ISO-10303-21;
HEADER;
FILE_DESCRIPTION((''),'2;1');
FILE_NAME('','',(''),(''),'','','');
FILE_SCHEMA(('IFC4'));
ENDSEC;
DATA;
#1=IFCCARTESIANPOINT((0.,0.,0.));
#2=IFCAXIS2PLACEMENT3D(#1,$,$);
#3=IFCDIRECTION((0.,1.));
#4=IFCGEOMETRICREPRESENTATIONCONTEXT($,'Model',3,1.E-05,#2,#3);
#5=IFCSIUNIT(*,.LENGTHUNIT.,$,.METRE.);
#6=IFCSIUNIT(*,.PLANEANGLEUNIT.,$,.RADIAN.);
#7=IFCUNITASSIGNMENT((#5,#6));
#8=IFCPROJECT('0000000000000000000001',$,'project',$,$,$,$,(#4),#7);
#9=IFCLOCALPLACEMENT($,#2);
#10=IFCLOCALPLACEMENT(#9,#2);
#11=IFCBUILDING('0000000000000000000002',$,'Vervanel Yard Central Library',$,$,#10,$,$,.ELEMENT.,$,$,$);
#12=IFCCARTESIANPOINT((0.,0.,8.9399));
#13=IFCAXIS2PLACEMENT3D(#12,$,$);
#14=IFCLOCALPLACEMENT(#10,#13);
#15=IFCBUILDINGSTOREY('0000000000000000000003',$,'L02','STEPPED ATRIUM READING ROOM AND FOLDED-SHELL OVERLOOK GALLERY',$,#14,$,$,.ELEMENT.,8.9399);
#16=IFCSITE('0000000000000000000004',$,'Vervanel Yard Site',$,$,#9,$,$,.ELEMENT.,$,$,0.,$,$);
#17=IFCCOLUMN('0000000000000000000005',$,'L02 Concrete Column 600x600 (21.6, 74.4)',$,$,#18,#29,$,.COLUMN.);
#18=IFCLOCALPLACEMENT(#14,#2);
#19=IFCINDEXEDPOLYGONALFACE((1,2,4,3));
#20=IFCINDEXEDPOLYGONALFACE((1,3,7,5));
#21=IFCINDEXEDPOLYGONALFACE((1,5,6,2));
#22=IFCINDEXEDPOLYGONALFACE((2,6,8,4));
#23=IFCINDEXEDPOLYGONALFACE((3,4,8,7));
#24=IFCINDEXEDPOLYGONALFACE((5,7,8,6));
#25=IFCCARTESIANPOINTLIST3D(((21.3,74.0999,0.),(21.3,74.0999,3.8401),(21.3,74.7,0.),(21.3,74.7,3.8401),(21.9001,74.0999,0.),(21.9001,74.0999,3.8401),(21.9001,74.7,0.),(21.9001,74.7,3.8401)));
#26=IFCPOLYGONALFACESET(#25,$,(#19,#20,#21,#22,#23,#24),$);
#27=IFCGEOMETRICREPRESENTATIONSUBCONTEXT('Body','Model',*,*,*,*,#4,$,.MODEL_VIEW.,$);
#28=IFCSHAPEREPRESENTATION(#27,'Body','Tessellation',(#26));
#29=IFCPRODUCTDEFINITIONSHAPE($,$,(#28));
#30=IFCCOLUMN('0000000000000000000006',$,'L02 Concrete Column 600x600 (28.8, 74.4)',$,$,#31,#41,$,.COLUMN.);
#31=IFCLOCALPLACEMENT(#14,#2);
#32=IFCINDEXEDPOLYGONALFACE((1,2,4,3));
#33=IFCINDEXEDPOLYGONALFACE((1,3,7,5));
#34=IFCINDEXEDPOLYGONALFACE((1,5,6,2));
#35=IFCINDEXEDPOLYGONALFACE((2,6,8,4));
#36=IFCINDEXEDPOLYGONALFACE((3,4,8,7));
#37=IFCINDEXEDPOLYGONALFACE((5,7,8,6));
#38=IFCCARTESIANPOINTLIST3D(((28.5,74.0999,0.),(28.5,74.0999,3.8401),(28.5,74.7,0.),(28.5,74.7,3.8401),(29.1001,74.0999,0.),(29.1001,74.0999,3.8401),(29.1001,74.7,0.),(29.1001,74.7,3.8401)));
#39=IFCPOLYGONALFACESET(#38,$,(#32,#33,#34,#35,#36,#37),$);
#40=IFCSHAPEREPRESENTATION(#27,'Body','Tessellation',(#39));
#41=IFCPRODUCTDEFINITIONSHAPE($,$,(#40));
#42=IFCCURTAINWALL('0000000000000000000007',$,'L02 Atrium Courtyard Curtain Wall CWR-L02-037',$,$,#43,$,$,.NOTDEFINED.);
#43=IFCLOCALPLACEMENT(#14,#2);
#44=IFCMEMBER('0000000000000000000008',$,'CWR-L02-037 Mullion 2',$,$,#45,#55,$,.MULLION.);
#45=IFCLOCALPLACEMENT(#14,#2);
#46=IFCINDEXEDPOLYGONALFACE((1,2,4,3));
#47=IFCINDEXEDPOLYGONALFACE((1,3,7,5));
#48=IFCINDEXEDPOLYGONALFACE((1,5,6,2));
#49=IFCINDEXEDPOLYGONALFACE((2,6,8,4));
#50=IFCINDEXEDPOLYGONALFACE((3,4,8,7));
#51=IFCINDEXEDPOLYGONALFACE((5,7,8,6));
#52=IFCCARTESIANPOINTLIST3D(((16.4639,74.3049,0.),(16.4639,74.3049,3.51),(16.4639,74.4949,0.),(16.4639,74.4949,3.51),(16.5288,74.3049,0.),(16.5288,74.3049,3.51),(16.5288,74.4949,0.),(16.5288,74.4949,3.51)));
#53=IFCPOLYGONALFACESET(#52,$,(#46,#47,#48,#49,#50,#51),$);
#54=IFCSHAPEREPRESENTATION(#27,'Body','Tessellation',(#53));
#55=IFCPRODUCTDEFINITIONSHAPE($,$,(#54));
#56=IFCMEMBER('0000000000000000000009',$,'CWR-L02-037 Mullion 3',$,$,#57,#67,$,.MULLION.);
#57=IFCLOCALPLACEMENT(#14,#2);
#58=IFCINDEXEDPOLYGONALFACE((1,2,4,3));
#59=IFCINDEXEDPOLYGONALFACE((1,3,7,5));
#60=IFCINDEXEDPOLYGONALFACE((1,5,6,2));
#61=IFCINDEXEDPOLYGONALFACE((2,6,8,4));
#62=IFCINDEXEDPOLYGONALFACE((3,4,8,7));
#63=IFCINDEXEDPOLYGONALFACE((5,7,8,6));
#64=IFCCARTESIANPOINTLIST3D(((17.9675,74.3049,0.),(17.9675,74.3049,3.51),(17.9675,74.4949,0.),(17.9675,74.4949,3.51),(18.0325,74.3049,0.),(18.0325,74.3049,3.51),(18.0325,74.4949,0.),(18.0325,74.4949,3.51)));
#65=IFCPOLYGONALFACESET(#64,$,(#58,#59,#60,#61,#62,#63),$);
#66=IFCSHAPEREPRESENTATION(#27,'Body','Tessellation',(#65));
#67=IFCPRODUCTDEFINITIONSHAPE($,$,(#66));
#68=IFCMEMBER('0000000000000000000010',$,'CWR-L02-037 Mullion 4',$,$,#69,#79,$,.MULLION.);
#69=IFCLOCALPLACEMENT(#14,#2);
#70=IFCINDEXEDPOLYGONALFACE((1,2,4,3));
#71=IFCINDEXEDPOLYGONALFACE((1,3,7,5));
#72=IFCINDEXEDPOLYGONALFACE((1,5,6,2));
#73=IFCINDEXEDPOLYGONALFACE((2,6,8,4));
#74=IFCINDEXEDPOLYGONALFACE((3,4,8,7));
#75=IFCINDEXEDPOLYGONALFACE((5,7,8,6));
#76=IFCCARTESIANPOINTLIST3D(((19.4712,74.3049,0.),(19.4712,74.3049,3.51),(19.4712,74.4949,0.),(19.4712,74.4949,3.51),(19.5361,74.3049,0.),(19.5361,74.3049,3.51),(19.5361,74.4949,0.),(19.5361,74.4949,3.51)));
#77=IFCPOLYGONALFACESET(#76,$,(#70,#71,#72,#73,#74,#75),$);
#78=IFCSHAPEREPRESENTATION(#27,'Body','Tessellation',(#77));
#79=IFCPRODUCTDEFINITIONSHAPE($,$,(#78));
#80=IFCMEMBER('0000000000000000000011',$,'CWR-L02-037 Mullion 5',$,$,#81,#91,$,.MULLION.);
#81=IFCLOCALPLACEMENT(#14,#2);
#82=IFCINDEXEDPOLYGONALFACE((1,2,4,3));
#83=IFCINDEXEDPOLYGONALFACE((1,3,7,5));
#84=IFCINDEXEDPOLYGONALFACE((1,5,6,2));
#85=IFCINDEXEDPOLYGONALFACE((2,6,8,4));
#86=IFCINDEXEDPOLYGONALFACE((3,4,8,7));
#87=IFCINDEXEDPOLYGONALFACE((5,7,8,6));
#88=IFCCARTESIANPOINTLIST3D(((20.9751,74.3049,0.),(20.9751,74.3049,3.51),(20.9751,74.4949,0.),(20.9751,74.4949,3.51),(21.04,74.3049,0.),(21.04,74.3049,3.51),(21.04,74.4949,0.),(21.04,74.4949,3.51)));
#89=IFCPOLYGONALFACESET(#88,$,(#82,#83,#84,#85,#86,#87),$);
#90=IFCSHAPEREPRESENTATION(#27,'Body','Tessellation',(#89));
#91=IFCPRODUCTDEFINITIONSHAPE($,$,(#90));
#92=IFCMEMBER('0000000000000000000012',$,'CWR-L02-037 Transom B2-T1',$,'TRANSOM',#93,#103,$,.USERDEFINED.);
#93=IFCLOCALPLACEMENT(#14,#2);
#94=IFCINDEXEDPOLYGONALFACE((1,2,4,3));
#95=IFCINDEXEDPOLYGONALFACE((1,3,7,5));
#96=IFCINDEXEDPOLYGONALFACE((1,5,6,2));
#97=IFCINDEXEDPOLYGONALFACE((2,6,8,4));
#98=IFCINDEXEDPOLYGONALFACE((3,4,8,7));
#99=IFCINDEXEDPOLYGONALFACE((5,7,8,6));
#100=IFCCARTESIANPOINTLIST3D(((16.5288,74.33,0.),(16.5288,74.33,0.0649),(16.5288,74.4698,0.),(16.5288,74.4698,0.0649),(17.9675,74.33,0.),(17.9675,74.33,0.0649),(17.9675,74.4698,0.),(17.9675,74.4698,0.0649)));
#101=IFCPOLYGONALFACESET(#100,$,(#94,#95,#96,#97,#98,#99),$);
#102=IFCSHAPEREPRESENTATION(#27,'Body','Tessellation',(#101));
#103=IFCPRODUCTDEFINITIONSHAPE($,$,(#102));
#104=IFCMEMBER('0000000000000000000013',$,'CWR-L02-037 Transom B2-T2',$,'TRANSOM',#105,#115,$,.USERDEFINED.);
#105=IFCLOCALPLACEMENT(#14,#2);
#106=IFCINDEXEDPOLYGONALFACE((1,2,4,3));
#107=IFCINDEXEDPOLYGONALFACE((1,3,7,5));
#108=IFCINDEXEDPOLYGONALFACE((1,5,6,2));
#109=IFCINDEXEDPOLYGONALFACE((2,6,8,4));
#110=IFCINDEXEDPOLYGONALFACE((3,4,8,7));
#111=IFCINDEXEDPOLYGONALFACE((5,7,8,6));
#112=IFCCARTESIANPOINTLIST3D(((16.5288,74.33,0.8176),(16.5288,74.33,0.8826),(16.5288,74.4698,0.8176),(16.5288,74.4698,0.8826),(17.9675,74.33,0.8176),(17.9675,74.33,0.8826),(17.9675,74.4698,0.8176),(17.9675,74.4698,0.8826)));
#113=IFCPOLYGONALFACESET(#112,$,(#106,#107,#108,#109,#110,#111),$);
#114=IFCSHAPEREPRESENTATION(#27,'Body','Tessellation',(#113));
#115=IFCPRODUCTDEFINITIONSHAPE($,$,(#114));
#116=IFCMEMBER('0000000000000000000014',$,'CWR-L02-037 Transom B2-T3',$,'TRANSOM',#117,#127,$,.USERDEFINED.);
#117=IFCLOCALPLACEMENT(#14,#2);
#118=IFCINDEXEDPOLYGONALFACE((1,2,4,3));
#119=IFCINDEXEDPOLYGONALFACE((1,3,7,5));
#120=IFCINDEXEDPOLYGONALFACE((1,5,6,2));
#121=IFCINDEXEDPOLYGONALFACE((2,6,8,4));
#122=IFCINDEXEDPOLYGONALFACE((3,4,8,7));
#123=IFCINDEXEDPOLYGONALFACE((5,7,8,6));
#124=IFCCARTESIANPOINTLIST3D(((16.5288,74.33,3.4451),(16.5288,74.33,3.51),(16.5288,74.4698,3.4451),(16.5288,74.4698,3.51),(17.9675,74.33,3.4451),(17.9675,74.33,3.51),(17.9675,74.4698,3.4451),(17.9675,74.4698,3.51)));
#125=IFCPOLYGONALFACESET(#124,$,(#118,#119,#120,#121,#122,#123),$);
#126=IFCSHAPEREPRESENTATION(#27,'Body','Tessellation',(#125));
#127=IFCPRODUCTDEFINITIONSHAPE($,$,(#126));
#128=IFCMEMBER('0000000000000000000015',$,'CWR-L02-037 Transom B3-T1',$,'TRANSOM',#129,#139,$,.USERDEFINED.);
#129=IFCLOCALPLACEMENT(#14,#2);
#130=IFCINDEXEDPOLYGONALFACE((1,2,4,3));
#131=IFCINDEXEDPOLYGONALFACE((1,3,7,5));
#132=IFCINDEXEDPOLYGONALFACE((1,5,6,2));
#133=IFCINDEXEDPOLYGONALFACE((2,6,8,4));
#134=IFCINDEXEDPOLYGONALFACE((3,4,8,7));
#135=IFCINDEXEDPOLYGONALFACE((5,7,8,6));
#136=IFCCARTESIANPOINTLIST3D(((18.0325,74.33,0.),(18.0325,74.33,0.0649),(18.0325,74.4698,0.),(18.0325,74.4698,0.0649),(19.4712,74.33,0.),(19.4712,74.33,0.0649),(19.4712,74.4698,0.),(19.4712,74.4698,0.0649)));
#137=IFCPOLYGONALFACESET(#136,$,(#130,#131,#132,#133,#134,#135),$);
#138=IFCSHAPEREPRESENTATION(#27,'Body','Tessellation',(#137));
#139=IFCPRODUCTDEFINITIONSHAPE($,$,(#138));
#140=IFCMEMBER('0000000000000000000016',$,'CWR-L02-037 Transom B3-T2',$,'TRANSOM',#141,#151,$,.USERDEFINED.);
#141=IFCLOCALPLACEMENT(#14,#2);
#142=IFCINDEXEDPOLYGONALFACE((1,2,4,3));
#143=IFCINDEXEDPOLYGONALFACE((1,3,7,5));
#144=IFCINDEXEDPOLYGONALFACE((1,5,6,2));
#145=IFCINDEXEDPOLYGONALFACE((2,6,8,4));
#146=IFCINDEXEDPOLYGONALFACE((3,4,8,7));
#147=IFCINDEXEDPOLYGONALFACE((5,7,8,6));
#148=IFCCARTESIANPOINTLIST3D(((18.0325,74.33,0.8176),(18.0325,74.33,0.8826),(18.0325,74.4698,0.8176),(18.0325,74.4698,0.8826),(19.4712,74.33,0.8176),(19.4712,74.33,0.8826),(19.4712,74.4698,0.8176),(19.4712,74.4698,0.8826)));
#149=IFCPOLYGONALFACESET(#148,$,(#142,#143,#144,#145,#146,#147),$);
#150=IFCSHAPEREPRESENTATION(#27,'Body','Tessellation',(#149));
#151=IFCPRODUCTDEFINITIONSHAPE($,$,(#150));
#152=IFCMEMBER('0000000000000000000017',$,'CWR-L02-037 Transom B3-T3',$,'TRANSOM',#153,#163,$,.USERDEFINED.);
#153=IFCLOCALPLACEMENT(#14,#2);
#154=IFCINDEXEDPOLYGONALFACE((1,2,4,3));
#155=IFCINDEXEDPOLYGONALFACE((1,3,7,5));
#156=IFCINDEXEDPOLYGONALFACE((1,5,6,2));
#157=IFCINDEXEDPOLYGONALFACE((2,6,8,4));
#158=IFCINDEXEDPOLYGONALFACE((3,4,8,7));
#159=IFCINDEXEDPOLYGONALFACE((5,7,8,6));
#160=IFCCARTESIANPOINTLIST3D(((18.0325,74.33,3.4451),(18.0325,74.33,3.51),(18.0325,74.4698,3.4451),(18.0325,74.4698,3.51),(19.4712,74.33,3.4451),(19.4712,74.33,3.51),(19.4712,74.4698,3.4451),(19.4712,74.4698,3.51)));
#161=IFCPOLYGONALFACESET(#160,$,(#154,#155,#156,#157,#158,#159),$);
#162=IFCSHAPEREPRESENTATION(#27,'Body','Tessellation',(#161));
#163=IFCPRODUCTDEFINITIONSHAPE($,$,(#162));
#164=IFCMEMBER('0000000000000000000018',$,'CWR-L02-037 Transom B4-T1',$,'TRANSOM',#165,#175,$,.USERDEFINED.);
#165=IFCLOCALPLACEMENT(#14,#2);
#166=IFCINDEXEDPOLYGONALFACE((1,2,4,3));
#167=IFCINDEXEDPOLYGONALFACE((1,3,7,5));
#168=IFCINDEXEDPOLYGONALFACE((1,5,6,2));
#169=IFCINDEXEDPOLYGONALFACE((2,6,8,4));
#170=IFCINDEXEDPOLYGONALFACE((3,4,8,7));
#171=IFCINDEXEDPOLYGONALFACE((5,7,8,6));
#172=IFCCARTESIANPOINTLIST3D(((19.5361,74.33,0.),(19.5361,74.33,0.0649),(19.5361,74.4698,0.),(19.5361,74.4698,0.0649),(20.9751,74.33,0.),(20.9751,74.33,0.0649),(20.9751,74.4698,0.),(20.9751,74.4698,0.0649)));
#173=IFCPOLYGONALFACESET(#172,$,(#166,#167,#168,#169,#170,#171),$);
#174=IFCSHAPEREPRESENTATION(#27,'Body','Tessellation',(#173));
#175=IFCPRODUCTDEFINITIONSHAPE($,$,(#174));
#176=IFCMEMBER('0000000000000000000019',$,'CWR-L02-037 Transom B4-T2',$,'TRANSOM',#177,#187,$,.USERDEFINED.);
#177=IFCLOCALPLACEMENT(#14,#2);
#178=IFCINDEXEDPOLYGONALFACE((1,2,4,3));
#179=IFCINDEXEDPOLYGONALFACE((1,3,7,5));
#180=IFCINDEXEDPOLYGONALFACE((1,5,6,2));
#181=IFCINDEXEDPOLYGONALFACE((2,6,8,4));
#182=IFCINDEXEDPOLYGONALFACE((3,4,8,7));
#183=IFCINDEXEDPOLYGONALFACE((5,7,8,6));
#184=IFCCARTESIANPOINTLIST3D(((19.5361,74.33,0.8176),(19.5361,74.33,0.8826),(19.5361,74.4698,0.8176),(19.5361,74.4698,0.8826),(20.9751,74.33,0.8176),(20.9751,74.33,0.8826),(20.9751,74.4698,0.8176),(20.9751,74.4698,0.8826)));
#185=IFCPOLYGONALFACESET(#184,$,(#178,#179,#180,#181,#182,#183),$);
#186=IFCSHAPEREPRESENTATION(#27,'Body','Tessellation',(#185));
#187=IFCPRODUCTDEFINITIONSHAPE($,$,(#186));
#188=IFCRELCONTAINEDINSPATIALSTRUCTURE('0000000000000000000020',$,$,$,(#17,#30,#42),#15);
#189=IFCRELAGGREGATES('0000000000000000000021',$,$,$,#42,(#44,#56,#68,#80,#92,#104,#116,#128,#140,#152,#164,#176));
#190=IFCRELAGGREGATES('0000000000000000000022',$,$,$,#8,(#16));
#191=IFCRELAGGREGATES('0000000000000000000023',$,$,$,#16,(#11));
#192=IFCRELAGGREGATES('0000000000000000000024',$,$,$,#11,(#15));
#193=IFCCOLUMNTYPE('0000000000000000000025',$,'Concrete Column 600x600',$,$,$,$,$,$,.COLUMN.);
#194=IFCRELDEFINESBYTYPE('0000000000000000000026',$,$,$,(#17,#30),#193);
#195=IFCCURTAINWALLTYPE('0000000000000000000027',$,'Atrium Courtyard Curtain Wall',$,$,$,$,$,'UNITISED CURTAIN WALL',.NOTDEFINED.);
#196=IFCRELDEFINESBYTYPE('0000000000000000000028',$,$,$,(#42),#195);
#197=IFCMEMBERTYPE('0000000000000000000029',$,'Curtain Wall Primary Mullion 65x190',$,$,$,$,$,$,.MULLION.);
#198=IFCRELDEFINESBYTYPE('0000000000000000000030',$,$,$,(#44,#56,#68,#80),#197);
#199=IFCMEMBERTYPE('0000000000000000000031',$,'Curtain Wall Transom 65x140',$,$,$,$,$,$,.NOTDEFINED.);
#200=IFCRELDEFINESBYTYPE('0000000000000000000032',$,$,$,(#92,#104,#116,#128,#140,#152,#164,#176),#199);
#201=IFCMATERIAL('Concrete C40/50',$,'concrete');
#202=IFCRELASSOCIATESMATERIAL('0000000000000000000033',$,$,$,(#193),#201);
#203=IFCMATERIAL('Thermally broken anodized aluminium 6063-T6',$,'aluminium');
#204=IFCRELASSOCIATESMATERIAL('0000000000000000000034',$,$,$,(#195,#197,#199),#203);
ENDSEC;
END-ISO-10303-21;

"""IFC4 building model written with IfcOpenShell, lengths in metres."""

from ifc_helpers import new_model, si_unit, direction, frame, origin, origin_2d, place, context, subcontext, project, spatial, rectangle, extrude, material, material_profile, profile_set, type_object, element, aggregate, save


model = new_model("IFC4")

# Units and contexts
model_context = context("Model", 3, precision=1e-05, world=origin(), true_north=direction((0.0, 1.0)))
body_context = subcontext(model_context, "Body", "Model", "MODEL_VIEW")
ifc_project = project(units=[si_unit("LENGTHUNIT", "METRE"), si_unit("PLANEANGLEUNIT", "RADIAN")], contexts=[model_context])

# Site, building, storey
site_placement = place(None, origin())
site = spatial("IfcSite", under=ifc_project, at=site_placement, Name="Vervanel Yard Site", CompositionType="ELEMENT", RefElevation=0.0)
building_placement = place(site_placement, origin())
building = spatial("IfcBuilding", under=site, at=building_placement, Name="Vervanel Yard Central Library", CompositionType="ELEMENT")
storey_placement = place(building_placement, frame((0.0, 0.0, 8.9399)))
storey = spatial("IfcBuildingStorey", under=building, at=storey_placement, Name="L02", Description="STEPPED ATRIUM READING ROOM AND FOLDED-SHELL OVERLOOK GALLERY", CompositionType="ELEMENT", Elevation=8.9399)

# Columns
ifc_material_1 = material(Name="Concrete C40/50", Category="concrete")
ifc_material_profile_1 = material_profile(ifc_material_1, rectangle(XDim=0.6001, YDim=0.6001, at=origin_2d()), Name="RC 600x600", Category="concrete")
ifc_profile_set_1 = profile_set([ifc_material_profile_1], Name="Concrete C40/50")
column_type = type_object("IfcColumnType", Name="Concrete Column 600x600", PredefinedType="COLUMN", material=ifc_profile_set_1)
for number, where, z_axis, x_axis, name in (
    (1, (21.6001, 74.3999, 0.0), (0.0, 0.0, 1.0), (1.0, 0.0, 0.0), "L02 Concrete Column 600x600 (21.6, 74.4)"),
    (2, (28.8, 74.3999, 0.0), (0.0, 0.0, 1.0), (1.0, 0.0, 0.0), "L02 Concrete Column 600x600 (28.8, 74.4)"),
):
    element("IfcColumn", number, at=place(storey_placement, frame(where, z_axis=z_axis, x_axis=x_axis)), inside=storey, type_object=column_type, Name=name, PredefinedType="COLUMN", context=body_context, shape_type="SweptSolid", body=[
        extrude(rectangle(XDim=0.6001, YDim=0.6001, at=origin_2d()), origin(), (0.0, 0.0, 1.0), 3.8401),
    ])

# Curtain wall, members
ifc_material_2 = material(Name="Thermally broken anodized aluminium 6063-T6", Category="aluminium")
curtain_wall_type = type_object("IfcCurtainWallType", Name="Atrium Courtyard Curtain Wall", ElementType="UNITISED CURTAIN WALL", PredefinedType="NOTDEFINED", material=ifc_material_2)
curtain_wall_placement = place(storey_placement, origin())
curtain_wall = element("IfcCurtainWall", 3, at=curtain_wall_placement, inside=storey, type_object=curtain_wall_type, Name="L02 Atrium Courtyard Curtain Wall CWR-L02-037", PredefinedType="NOTDEFINED")
ifc_material_profile_2 = material_profile(ifc_material_2, rectangle(XDim=0.0649, YDim=0.1899, at=origin_2d()), Name="ALU 65x190", Category="aluminium")
ifc_profile_set_2 = profile_set([ifc_material_profile_2], Name="Thermally broken anodized aluminium 6063-T6")
member_type_1 = type_object("IfcMemberType", Name="Curtain Wall Primary Mullion 65x190", PredefinedType="MULLION", material=ifc_profile_set_2)
member_1_placement = place(storey_placement, frame((16.4963, 74.3999, 0.0), z_axis=(0.0, 0.0, 1.0), x_axis=(1.0, 0.0, 0.0)))
member_1 = element("IfcMember", 4, at=member_1_placement, type_object=member_type_1, Name="CWR-L02-037 Mullion 2", PredefinedType="MULLION", context=body_context, shape_type="SweptSolid", body=[
    extrude(rectangle(XDim=0.0649, YDim=0.1899, at=origin_2d()), origin(), (0.0, 0.0, 1.0), 3.51),
])
member_2_placement = place(storey_placement, frame((18.0, 74.3999, 0.0), z_axis=(0.0, 0.0, 1.0), x_axis=(1.0, 0.0, 0.0)))
member_2 = element("IfcMember", 5, at=member_2_placement, type_object=member_type_1, Name="CWR-L02-037 Mullion 3", PredefinedType="MULLION", context=body_context, shape_type="SweptSolid", body=[
    extrude(rectangle(XDim=0.0649, YDim=0.1899, at=origin_2d()), origin(), (0.0, 0.0, 1.0), 3.51),
])
member_3_placement = place(storey_placement, frame((19.5037, 74.3999, 0.0), z_axis=(0.0, 0.0, 1.0), x_axis=(1.0, 0.0, 0.0)))
member_3 = element("IfcMember", 6, at=member_3_placement, type_object=member_type_1, Name="CWR-L02-037 Mullion 4", PredefinedType="MULLION", context=body_context, shape_type="SweptSolid", body=[
    extrude(rectangle(XDim=0.0649, YDim=0.1899, at=origin_2d()), origin(), (0.0, 0.0, 1.0), 3.51),
])
member_4_placement = place(storey_placement, frame((21.0076, 74.3999, 0.0), z_axis=(0.0, 0.0, 1.0), x_axis=(1.0, 0.0, 0.0)))
member_4 = element("IfcMember", 7, at=member_4_placement, type_object=member_type_1, Name="CWR-L02-037 Mullion 5", PredefinedType="MULLION", context=body_context, shape_type="SweptSolid", body=[
    extrude(rectangle(XDim=0.0649, YDim=0.1899, at=origin_2d()), origin(), (0.0, 0.0, 1.0), 3.51),
])
ifc_material_profile_3 = material_profile(ifc_material_2, rectangle(XDim=0.0649, YDim=0.1399, at=origin_2d()), Name="ALU 65x140", Category="aluminium")
ifc_profile_set_3 = profile_set([ifc_material_profile_3], Name="Thermally broken anodized aluminium 6063-T6")
member_type_2 = type_object("IfcMemberType", Name="Curtain Wall Transom 65x140", PredefinedType="NOTDEFINED", material=ifc_profile_set_3)
member_5_placement = place(storey_placement, frame((16.5288, 74.3999, 0.0325), z_axis=(1.0, 0.0, 0.0), x_axis=(0.0, 0.0, 1.0)))
member_5 = element("IfcMember", 8, at=member_5_placement, type_object=member_type_2, Name="CWR-L02-037 Transom B2-T1", ObjectType="TRANSOM", PredefinedType="USERDEFINED", context=body_context, shape_type="SweptSolid", body=[
    extrude(rectangle(XDim=0.0649, YDim=0.1399, at=origin_2d()), origin(), (0.0, 0.0, 1.0), 1.4387),
])
member_6_placement = place(storey_placement, frame((16.5288, 74.3999, 0.8501), z_axis=(1.0, 0.0, 0.0), x_axis=(0.0, 0.0, 1.0)))
member_6 = element("IfcMember", 9, at=member_6_placement, type_object=member_type_2, Name="CWR-L02-037 Transom B2-T2", ObjectType="TRANSOM", PredefinedType="USERDEFINED", context=body_context, shape_type="SweptSolid", body=[
    extrude(rectangle(XDim=0.0649, YDim=0.1399, at=origin_2d()), origin(), (0.0, 0.0, 1.0), 1.4387),
])
member_7_placement = place(storey_placement, frame((16.5288, 74.3999, 3.4775), z_axis=(1.0, 0.0, 0.0), x_axis=(0.0, 0.0, 1.0)))
member_7 = element("IfcMember", 10, at=member_7_placement, type_object=member_type_2, Name="CWR-L02-037 Transom B2-T3", ObjectType="TRANSOM", PredefinedType="USERDEFINED", context=body_context, shape_type="SweptSolid", body=[
    extrude(rectangle(XDim=0.0649, YDim=0.1399, at=origin_2d()), origin(), (0.0, 0.0, 1.0), 1.4387),
])
member_8_placement = place(storey_placement, frame((18.0325, 74.3999, 0.0325), z_axis=(1.0, 0.0, 0.0), x_axis=(0.0, 0.0, 1.0)))
member_8 = element("IfcMember", 11, at=member_8_placement, type_object=member_type_2, Name="CWR-L02-037 Transom B3-T1", ObjectType="TRANSOM", PredefinedType="USERDEFINED", context=body_context, shape_type="SweptSolid", body=[
    extrude(rectangle(XDim=0.0649, YDim=0.1399, at=origin_2d()), origin(), (0.0, 0.0, 1.0), 1.4387),
])
member_9_placement = place(storey_placement, frame((18.0325, 74.3999, 0.8501), z_axis=(1.0, 0.0, 0.0), x_axis=(0.0, 0.0, 1.0)))
member_9 = element("IfcMember", 12, at=member_9_placement, type_object=member_type_2, Name="CWR-L02-037 Transom B3-T2", ObjectType="TRANSOM", PredefinedType="USERDEFINED", context=body_context, shape_type="SweptSolid", body=[
    extrude(rectangle(XDim=0.0649, YDim=0.1399, at=origin_2d()), origin(), (0.0, 0.0, 1.0), 1.4387),
])
member_10_placement = place(storey_placement, frame((18.0325, 74.3999, 3.4775), z_axis=(1.0, 0.0, 0.0), x_axis=(0.0, 0.0, 1.0)))
member_10 = element("IfcMember", 13, at=member_10_placement, type_object=member_type_2, Name="CWR-L02-037 Transom B3-T3", ObjectType="TRANSOM", PredefinedType="USERDEFINED", context=body_context, shape_type="SweptSolid", body=[
    extrude(rectangle(XDim=0.0649, YDim=0.1399, at=origin_2d()), origin(), (0.0, 0.0, 1.0), 1.4387),
])
member_11_placement = place(storey_placement, frame((19.5361, 74.3999, 0.0325), z_axis=(1.0, 0.0, 0.0), x_axis=(0.0, 0.0, 1.0)))
member_11 = element("IfcMember", 14, at=member_11_placement, type_object=member_type_2, Name="CWR-L02-037 Transom B4-T1", ObjectType="TRANSOM", PredefinedType="USERDEFINED", context=body_context, shape_type="SweptSolid", body=[
    extrude(rectangle(XDim=0.0649, YDim=0.1399, at=origin_2d()), origin(), (0.0, 0.0, 1.0), 1.439),
])
member_12_placement = place(storey_placement, frame((19.5361, 74.3999, 0.8501), z_axis=(1.0, 0.0, 0.0), x_axis=(0.0, 0.0, 1.0)))
member_12 = element("IfcMember", 15, at=member_12_placement, type_object=member_type_2, Name="CWR-L02-037 Transom B4-T2", ObjectType="TRANSOM", PredefinedType="USERDEFINED", context=body_context, shape_type="SweptSolid", body=[
    extrude(rectangle(XDim=0.0649, YDim=0.1399, at=origin_2d()), origin(), (0.0, 0.0, 1.0), 1.439),
])

aggregate(curtain_wall, [member_1, member_2, member_3, member_4, member_5, member_6, member_7, member_8, member_9, member_10, member_11, member_12])

save(model, "model.ifc")
